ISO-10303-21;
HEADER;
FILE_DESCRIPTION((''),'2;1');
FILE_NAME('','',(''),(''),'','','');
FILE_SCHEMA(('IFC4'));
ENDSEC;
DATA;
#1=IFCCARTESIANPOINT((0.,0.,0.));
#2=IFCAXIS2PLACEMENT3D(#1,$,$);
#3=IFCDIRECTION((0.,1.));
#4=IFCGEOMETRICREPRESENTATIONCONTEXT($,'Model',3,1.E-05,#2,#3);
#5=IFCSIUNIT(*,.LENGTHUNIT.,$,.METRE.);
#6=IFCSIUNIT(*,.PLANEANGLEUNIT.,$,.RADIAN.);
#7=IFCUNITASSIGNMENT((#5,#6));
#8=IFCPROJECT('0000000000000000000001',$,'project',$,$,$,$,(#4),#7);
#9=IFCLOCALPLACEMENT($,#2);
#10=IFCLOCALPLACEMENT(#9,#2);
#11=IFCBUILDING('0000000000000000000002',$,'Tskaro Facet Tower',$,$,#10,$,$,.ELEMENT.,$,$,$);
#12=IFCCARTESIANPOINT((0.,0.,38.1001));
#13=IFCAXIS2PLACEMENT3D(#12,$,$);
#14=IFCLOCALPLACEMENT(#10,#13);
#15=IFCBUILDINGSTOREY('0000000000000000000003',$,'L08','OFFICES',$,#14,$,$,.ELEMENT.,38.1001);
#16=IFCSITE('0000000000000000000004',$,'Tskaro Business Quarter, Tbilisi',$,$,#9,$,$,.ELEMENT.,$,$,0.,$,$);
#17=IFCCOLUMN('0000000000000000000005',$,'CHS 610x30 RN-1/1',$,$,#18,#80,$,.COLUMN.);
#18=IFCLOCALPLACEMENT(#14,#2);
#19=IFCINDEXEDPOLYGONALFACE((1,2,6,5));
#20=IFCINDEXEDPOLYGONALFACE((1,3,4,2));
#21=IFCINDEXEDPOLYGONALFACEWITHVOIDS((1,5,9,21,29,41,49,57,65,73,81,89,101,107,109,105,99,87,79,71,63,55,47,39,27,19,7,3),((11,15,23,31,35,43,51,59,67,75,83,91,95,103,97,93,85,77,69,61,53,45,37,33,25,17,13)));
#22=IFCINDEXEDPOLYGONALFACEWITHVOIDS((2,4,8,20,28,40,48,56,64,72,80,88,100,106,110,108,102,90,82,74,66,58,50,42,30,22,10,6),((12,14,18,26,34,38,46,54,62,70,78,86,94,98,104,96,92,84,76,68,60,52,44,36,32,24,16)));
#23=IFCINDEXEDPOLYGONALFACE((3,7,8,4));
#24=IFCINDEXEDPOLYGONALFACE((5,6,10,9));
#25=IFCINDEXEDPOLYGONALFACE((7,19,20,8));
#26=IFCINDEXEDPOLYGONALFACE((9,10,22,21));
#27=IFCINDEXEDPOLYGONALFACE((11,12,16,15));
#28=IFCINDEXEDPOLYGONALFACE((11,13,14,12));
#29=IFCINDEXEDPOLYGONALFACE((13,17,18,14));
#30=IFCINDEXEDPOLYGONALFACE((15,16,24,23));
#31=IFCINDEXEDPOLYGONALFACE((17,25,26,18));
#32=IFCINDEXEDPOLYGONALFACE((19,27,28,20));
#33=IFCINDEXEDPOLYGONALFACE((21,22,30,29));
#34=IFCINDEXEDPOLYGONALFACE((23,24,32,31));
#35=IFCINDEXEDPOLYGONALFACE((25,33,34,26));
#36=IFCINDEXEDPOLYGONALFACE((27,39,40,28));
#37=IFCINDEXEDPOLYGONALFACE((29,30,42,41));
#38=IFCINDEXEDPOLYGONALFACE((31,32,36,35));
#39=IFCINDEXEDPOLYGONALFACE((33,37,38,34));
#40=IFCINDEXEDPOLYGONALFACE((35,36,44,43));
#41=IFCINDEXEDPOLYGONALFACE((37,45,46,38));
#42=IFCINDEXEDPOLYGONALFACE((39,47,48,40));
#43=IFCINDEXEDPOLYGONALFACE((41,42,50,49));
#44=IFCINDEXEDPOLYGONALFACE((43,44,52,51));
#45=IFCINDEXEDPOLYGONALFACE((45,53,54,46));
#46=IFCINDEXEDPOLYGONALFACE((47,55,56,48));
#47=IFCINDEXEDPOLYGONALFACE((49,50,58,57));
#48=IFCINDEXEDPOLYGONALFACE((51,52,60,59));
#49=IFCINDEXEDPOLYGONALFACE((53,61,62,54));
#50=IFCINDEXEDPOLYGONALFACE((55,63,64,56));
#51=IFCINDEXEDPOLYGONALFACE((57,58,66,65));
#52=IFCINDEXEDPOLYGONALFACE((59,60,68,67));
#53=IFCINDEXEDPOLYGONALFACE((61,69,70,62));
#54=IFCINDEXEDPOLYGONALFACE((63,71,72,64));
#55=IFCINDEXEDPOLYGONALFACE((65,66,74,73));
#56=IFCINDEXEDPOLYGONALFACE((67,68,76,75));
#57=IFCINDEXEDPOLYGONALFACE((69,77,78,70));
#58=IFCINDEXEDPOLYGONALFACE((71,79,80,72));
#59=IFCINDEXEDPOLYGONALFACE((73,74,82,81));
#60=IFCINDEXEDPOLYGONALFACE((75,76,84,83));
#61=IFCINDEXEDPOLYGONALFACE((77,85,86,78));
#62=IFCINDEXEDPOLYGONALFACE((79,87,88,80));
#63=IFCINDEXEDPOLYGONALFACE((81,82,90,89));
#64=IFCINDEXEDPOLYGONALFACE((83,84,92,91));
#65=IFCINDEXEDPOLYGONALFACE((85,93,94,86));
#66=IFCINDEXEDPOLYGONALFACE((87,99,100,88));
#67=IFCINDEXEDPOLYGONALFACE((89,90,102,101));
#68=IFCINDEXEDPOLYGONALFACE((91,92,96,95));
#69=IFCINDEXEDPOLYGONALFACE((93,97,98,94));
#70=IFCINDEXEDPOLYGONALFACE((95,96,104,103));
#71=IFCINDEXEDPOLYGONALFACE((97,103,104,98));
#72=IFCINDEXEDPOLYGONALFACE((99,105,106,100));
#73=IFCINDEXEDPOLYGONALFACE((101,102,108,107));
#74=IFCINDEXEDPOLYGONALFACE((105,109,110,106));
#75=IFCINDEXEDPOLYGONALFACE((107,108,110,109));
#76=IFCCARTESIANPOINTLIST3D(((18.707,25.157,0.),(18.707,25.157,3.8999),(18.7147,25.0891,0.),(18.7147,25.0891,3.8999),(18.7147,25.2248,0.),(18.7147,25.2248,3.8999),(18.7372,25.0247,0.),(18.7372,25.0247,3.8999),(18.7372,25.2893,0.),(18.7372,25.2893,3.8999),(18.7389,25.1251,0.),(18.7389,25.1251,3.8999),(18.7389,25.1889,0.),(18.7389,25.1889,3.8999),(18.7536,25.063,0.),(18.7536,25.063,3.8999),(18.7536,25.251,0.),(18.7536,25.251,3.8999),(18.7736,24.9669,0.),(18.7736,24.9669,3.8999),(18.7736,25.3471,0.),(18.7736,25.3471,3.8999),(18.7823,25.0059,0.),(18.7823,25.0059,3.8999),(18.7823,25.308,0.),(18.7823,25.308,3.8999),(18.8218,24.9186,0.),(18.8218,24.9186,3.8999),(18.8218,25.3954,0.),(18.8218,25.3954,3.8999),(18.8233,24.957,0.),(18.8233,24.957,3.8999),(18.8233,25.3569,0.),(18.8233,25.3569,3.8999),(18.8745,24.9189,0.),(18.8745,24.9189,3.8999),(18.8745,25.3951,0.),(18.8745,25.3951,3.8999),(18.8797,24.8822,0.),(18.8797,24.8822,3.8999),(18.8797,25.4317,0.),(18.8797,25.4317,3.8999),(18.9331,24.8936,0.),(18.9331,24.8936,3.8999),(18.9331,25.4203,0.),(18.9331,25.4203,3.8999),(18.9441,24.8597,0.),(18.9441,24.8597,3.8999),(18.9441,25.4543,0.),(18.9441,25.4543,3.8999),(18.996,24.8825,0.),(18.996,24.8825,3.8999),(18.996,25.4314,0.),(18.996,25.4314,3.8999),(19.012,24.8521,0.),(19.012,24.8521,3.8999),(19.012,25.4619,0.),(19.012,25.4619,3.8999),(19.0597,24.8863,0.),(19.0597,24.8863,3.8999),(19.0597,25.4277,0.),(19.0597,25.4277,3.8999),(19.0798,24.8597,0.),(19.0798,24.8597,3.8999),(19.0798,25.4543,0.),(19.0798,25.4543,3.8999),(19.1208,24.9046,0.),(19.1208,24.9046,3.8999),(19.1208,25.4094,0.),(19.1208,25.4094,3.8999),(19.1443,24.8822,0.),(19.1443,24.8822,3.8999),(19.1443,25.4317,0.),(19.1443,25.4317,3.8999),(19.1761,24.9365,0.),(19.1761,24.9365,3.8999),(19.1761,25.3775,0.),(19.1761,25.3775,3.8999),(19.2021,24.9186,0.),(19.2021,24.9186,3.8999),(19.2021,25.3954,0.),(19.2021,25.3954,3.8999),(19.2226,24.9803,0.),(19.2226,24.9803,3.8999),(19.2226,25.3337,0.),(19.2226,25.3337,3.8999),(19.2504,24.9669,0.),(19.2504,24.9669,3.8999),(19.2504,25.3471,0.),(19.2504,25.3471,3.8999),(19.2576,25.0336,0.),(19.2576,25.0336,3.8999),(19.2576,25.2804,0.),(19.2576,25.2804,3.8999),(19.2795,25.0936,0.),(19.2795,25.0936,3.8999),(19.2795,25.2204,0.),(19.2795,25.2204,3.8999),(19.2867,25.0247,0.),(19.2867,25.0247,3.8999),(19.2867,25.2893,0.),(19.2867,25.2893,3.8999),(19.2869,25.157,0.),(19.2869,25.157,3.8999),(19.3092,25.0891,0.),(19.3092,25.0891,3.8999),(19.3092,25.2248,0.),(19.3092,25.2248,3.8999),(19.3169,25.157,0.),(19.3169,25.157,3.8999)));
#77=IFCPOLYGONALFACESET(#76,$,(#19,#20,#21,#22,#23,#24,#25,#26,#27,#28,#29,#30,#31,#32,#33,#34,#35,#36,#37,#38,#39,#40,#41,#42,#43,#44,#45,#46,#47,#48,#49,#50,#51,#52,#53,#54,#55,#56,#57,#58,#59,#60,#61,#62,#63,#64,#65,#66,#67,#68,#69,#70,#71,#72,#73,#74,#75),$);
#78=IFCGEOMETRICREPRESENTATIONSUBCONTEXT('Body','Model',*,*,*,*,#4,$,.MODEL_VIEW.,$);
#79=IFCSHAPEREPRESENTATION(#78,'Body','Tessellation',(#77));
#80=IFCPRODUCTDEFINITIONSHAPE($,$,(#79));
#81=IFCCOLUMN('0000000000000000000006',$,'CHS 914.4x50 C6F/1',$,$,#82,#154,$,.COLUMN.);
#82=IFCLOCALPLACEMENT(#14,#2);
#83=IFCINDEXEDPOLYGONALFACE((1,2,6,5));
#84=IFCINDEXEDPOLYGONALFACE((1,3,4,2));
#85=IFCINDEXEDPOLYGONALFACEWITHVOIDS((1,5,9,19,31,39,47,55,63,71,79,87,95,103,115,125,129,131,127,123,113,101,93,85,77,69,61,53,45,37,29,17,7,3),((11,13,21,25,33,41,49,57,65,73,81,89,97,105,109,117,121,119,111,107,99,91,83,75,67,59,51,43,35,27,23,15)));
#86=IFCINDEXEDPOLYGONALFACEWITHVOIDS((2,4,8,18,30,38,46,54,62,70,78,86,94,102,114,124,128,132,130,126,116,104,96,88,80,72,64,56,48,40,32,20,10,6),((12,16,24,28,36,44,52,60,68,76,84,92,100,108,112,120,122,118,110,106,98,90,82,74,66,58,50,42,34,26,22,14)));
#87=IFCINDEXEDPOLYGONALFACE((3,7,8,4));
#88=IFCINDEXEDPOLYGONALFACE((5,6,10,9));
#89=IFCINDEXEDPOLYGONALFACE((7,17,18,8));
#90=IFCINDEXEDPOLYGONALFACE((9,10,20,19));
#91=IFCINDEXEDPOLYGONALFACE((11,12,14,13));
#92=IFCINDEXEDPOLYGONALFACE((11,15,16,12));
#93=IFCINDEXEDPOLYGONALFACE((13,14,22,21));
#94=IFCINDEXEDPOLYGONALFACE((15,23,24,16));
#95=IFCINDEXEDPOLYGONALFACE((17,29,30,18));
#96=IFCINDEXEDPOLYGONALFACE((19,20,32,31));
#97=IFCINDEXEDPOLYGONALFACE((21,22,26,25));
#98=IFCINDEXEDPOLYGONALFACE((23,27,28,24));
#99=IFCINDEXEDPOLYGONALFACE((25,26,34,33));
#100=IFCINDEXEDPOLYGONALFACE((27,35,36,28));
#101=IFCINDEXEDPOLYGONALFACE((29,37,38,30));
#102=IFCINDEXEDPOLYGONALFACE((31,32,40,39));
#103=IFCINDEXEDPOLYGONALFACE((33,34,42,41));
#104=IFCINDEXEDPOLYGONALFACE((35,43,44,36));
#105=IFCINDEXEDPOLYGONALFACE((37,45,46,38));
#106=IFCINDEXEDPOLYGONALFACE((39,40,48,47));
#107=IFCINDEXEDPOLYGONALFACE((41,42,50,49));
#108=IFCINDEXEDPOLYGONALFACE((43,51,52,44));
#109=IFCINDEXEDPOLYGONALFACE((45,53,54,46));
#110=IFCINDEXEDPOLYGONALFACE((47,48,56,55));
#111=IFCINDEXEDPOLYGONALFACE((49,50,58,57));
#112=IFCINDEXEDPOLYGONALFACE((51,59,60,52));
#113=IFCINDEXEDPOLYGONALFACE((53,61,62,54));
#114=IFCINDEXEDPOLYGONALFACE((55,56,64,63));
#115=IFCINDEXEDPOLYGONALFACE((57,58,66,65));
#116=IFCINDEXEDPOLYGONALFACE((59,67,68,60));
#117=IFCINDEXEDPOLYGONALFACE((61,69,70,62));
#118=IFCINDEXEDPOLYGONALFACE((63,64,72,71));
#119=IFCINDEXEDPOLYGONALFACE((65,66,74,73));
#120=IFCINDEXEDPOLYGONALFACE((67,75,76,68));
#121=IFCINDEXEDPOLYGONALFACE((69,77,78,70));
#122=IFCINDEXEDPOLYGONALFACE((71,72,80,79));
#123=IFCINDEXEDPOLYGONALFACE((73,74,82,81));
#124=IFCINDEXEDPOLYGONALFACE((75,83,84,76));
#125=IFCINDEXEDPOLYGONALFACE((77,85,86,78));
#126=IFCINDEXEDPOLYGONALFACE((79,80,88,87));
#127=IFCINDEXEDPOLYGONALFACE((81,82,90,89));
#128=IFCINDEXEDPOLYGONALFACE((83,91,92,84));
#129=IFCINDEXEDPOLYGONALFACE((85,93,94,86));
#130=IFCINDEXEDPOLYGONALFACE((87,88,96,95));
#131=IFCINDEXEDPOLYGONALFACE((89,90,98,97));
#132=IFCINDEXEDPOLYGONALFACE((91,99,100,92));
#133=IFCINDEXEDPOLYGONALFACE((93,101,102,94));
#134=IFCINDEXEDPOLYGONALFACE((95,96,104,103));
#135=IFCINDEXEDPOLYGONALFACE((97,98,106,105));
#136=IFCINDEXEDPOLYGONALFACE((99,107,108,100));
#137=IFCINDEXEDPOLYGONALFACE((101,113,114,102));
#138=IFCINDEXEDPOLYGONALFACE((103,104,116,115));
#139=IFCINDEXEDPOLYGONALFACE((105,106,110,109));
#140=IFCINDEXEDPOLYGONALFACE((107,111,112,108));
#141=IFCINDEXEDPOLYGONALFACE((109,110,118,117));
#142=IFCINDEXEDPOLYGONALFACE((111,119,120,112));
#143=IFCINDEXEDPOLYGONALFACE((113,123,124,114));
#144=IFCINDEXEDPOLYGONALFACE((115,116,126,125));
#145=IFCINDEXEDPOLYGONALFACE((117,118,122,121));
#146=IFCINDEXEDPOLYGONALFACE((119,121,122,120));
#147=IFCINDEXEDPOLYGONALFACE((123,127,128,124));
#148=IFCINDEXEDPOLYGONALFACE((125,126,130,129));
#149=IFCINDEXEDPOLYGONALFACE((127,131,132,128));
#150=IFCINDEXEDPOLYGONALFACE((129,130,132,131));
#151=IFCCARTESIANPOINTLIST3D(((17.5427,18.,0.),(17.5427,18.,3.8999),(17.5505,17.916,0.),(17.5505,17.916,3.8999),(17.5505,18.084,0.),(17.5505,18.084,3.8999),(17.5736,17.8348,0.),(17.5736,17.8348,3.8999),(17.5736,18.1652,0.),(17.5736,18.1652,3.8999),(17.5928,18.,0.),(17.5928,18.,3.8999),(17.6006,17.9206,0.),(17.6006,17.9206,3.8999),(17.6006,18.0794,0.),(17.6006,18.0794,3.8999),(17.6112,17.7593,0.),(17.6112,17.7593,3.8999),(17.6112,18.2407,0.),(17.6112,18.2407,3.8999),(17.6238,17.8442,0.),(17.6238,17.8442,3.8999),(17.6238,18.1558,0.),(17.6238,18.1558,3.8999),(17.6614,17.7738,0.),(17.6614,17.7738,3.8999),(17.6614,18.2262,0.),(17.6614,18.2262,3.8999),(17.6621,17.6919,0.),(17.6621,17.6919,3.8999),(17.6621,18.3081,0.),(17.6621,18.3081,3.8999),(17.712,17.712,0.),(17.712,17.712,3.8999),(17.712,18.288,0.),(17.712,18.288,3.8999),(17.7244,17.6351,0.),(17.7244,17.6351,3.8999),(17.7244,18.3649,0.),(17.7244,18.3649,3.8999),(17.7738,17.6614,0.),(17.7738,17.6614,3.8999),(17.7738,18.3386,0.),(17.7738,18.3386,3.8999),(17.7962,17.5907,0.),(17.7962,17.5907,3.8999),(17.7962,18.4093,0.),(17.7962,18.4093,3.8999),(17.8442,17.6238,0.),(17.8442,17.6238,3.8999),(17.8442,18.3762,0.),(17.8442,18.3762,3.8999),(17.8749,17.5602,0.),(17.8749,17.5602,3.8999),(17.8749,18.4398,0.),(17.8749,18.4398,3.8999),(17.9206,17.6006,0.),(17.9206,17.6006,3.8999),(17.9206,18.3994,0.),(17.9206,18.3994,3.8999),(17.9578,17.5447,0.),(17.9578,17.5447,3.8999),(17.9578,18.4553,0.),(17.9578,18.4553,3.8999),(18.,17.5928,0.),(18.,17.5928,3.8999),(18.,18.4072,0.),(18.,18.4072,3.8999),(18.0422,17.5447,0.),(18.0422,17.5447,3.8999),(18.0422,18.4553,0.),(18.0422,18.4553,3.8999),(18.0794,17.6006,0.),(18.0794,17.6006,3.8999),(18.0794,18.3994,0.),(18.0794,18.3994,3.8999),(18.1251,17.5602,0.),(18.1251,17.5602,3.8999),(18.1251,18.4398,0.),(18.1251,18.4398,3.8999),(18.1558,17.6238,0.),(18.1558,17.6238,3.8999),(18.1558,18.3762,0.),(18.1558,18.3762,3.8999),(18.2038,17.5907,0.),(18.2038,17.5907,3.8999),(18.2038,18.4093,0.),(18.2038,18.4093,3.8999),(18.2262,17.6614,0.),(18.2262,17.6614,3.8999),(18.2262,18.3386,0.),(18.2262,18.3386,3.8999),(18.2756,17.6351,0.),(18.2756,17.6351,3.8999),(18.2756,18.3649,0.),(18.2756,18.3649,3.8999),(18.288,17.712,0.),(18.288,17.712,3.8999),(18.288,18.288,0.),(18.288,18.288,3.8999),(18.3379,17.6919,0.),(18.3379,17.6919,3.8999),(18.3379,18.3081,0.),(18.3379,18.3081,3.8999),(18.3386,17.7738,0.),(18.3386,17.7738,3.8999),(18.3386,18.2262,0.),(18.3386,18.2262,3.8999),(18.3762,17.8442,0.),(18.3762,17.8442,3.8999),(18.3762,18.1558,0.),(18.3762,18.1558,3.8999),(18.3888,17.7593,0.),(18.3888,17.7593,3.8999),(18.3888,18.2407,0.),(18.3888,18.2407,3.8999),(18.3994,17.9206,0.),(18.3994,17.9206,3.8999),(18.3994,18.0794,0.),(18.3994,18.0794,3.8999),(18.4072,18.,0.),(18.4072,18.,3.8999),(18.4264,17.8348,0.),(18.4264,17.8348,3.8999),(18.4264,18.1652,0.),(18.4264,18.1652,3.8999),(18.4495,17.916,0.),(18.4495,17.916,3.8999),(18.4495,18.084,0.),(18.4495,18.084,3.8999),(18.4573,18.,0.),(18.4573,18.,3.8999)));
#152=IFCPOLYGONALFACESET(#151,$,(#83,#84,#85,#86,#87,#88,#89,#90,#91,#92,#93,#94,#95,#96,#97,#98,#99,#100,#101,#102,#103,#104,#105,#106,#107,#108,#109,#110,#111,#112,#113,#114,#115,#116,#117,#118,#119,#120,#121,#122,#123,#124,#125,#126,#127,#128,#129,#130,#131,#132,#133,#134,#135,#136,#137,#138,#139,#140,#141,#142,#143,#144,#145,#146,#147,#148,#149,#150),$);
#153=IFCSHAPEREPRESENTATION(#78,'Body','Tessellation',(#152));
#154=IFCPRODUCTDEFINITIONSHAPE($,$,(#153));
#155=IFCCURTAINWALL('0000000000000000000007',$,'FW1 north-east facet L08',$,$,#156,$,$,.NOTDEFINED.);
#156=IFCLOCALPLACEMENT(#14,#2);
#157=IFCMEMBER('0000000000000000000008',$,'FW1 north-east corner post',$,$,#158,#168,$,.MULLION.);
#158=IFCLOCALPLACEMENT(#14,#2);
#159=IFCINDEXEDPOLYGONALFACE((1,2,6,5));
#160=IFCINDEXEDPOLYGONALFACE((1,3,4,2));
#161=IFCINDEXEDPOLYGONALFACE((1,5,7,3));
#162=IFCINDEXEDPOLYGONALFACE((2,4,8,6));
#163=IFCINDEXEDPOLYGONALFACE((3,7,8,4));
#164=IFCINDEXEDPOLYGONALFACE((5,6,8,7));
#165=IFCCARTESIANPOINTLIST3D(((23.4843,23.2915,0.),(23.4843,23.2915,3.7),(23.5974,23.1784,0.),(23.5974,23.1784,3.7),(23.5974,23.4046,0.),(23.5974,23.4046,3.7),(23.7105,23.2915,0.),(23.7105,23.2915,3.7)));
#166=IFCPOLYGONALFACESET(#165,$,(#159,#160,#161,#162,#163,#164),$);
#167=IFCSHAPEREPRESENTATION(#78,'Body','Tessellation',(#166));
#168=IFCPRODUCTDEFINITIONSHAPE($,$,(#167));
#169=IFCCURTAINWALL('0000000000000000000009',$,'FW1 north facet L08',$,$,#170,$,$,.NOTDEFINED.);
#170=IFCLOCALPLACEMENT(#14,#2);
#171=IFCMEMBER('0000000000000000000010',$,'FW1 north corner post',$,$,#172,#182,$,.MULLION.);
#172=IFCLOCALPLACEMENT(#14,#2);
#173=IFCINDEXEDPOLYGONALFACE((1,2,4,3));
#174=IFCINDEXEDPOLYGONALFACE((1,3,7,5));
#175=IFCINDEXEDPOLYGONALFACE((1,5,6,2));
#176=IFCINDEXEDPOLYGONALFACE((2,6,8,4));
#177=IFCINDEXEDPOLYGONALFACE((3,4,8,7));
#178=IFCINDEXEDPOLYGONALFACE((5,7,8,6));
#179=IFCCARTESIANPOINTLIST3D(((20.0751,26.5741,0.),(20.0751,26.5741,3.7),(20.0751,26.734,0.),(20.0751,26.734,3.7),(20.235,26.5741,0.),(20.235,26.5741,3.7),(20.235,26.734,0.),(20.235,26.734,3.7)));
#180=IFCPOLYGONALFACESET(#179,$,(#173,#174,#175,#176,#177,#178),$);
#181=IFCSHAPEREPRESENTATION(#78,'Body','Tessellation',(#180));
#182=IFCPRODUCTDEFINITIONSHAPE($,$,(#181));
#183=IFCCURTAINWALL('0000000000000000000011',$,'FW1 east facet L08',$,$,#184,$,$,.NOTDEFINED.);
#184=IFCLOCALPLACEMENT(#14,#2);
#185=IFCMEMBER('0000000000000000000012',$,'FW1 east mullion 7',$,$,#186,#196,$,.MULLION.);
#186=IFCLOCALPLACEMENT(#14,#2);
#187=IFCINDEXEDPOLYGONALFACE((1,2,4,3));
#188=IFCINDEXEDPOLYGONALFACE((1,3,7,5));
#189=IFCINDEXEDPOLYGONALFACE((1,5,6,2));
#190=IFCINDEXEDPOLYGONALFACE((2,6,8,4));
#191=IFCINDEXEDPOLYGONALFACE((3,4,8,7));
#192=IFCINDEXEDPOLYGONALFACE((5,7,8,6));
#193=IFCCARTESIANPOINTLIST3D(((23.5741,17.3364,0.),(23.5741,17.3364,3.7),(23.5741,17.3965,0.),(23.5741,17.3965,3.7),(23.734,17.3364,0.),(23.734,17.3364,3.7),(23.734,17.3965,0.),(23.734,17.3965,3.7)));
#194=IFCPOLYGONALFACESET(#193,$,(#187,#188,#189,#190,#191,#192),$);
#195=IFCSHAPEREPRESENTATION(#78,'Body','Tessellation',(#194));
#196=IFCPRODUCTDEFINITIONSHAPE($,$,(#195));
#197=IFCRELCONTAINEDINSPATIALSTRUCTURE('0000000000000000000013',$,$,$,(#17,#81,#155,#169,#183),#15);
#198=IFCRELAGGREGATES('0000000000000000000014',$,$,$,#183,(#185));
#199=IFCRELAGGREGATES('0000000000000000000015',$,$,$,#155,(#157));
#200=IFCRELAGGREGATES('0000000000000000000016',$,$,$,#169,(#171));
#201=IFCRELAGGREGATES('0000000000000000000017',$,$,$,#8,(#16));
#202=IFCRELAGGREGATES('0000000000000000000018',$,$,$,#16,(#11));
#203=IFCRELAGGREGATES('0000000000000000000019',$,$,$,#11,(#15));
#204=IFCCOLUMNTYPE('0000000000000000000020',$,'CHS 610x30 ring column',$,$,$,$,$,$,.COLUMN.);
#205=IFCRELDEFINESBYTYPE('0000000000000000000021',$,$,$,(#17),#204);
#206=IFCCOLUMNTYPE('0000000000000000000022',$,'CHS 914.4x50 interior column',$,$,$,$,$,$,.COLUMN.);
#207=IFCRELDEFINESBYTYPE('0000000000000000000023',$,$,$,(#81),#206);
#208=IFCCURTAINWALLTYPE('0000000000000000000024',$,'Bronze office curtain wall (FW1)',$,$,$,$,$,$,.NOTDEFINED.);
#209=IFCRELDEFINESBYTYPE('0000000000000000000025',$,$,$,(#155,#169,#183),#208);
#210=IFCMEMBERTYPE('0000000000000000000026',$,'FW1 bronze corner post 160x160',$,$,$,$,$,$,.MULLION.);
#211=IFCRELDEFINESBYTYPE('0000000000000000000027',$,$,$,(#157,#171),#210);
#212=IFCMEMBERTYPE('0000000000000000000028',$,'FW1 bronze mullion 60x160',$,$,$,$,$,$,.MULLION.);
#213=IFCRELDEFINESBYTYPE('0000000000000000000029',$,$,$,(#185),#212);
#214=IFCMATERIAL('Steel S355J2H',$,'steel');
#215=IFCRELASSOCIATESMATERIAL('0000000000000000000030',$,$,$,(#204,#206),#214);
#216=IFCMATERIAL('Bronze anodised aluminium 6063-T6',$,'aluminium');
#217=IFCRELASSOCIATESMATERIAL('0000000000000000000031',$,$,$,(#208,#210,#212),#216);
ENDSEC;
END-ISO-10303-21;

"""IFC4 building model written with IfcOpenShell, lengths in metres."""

from ifc_helpers import new_model, si_unit, direction, frame, origin, origin_2d, place, context, subcontext, project, spatial, rectangle, hollow_circle, extrude, material, material_profile, profile_set, type_object, element, aggregate, save


model = new_model("IFC4")

# Units and contexts
model_context = context("Model", 3, precision=1e-05, world=origin(), true_north=direction((0.0, 1.0)))
body_context = subcontext(model_context, "Body", "Model", "MODEL_VIEW")
ifc_project = project(units=[si_unit("LENGTHUNIT", "METRE"), si_unit("PLANEANGLEUNIT", "RADIAN")], contexts=[model_context])

# Site, building, storey
site_placement = place(None, origin())
site = spatial("IfcSite", under=ifc_project, at=site_placement, Name="Tskaro Business Quarter, Tbilisi", CompositionType="ELEMENT", RefElevation=0.0)
building_placement = place(site_placement, origin())
building = spatial("IfcBuilding", under=site, at=building_placement, Name="Tskaro Facet Tower", CompositionType="ELEMENT")
storey_placement = place(building_placement, frame((0.0, 0.0, 38.1001)))
storey = spatial("IfcBuildingStorey", under=building, at=storey_placement, Name="L08", Description="OFFICES", CompositionType="ELEMENT", Elevation=38.1001)

# Columns
ifc_material_1 = material(Name="Steel S355J2H", Category="steel")
ifc_material_profile_1 = material_profile(ifc_material_1, hollow_circle(Radius=0.3049, WallThickness=0.03, at=origin_2d()), Name="CHS 610x30")
ifc_profile_set_1 = profile_set([ifc_material_profile_1], Name="Steel S355J2H")
column_type_1 = type_object("IfcColumnType", Name="CHS 610x30 ring column", PredefinedType="COLUMN", material=ifc_profile_set_1)
for number, where, z_axis, x_axis, name in (
    (1, (19.012, 25.157, 0.0), (0.0, 0.0, 1.0), (1.0, 0.0, 0.0), "CHS 610x30 RN-1/1"),
):
    element("IfcColumn", number, at=place(storey_placement, frame(where, z_axis=z_axis, x_axis=x_axis)), inside=storey, type_object=column_type_1, Name=name, PredefinedType="COLUMN", context=body_context, shape_type="SweptSolid", body=[
        extrude(hollow_circle(Radius=0.3049, WallThickness=0.03, at=origin_2d()), origin(), (0.0, 0.0, 1.0), 3.8999),
    ])
ifc_material_profile_2 = material_profile(ifc_material_1, hollow_circle(Radius=0.4573, WallThickness=0.05, at=origin_2d()), Name="CHS 914.4x50")
ifc_profile_set_2 = profile_set([ifc_material_profile_2], Name="Steel S355J2H")
column_type_2 = type_object("IfcColumnType", Name="CHS 914.4x50 interior column", PredefinedType="COLUMN", material=ifc_profile_set_2)
column_placement = place(storey_placement, frame((18.0, 18.0, 0.0), z_axis=(0.0, 0.0, 1.0), x_axis=(1.0, 0.0, 0.0)))
element("IfcColumn", 2, at=column_placement, inside=storey, type_object=column_type_2, Name="CHS 914.4x50 C6F/1", PredefinedType="COLUMN", context=body_context, shape_type="SweptSolid", body=[
    extrude(hollow_circle(Radius=0.4573, WallThickness=0.05, at=origin_2d()), origin(), (0.0, 0.0, 1.0), 3.8999),
])

# Curtain walls, members
ifc_material_2 = material(Name="Bronze anodised aluminium 6063-T6", Category="aluminium")
curtain_wall_type = type_object("IfcCurtainWallType", Name="Bronze office curtain wall (FW1)", PredefinedType="NOTDEFINED", material=ifc_material_2)
curtain_wall_1_placement = place(storey_placement, origin())
curtain_wall_1 = element("IfcCurtainWall", 3, at=curtain_wall_1_placement, inside=storey, type_object=curtain_wall_type, Name="FW1 north-east facet L08", PredefinedType="NOTDEFINED")
ifc_material_profile_3 = material_profile(ifc_material_2, rectangle(XDim=0.1599, YDim=0.1599, at=origin_2d()), Name="Corner post 160x160")
ifc_profile_set_3 = profile_set([ifc_material_profile_3], Name="Bronze anodised aluminium 6063-T6")
member_type_1 = type_object("IfcMemberType", Name="FW1 bronze corner post 160x160", PredefinedType="MULLION", material=ifc_profile_set_3)
member_1_placement = place(storey_placement, frame((23.5974, 23.2915, 0.0), z_axis=(0.0, 0.0, 1.0), x_axis=(-0.707107, 0.707107, 0.0)))
member_1 = element("IfcMember", 4, at=member_1_placement, type_object=member_type_1, Name="FW1 north-east corner post", PredefinedType="MULLION", context=body_context, shape_type="SweptSolid", body=[
    extrude(rectangle(XDim=0.1599, YDim=0.1599, at=origin_2d()), origin(), (0.0, 0.0, 1.0), 3.7),
])
curtain_wall_2_placement = place(storey_placement, origin())
curtain_wall_2 = element("IfcCurtainWall", 5, at=curtain_wall_2_placement, inside=storey, type_object=curtain_wall_type, Name="FW1 north facet L08", PredefinedType="NOTDEFINED")
member_2_placement = place(storey_placement, frame((20.155, 26.6541, 0.0), z_axis=(0.0, 0.0, 1.0), x_axis=(-1.0, 0.0, 0.0)))
member_2 = element("IfcMember", 6, at=member_2_placement, type_object=member_type_1, Name="FW1 north corner post", PredefinedType="MULLION", context=body_context, shape_type="SweptSolid", body=[
    extrude(rectangle(XDim=0.1599, YDim=0.1599, at=origin_2d()), origin(), (0.0, 0.0, 1.0), 3.7),
])

# Curtain wall, member
curtain_wall_3_placement = place(storey_placement, origin())
curtain_wall_3 = element("IfcCurtainWall", 7, at=curtain_wall_3_placement, inside=storey, type_object=curtain_wall_type, Name="FW1 east facet L08", PredefinedType="NOTDEFINED")
ifc_material_profile_4 = material_profile(ifc_material_2, rectangle(XDim=0.0601, YDim=0.1599, at=origin_2d()), Name="Mullion 60x160")
ifc_profile_set_4 = profile_set([ifc_material_profile_4], Name="Bronze anodised aluminium 6063-T6")
member_type_2 = type_object("IfcMemberType", Name="FW1 bronze mullion 60x160", PredefinedType="MULLION", material=ifc_profile_set_4)
member_3_placement = place(storey_placement, frame((23.6541, 17.3665, 0.0), z_axis=(0.0, 0.0, 1.0), x_axis=(0.0, 1.0, 0.0)))
member_3 = element("IfcMember", 8, at=member_3_placement, type_object=member_type_2, Name="FW1 east mullion 7", PredefinedType="MULLION", context=body_context, shape_type="SweptSolid", body=[
    extrude(rectangle(XDim=0.0601, YDim=0.1599, at=origin_2d()), origin(), (0.0, 0.0, 1.0), 3.7),
])

aggregate(curtain_wall_3, [member_3])
aggregate(curtain_wall_1, [member_1])
aggregate(curtain_wall_2, [member_2])

save(model, "model.ifc")
